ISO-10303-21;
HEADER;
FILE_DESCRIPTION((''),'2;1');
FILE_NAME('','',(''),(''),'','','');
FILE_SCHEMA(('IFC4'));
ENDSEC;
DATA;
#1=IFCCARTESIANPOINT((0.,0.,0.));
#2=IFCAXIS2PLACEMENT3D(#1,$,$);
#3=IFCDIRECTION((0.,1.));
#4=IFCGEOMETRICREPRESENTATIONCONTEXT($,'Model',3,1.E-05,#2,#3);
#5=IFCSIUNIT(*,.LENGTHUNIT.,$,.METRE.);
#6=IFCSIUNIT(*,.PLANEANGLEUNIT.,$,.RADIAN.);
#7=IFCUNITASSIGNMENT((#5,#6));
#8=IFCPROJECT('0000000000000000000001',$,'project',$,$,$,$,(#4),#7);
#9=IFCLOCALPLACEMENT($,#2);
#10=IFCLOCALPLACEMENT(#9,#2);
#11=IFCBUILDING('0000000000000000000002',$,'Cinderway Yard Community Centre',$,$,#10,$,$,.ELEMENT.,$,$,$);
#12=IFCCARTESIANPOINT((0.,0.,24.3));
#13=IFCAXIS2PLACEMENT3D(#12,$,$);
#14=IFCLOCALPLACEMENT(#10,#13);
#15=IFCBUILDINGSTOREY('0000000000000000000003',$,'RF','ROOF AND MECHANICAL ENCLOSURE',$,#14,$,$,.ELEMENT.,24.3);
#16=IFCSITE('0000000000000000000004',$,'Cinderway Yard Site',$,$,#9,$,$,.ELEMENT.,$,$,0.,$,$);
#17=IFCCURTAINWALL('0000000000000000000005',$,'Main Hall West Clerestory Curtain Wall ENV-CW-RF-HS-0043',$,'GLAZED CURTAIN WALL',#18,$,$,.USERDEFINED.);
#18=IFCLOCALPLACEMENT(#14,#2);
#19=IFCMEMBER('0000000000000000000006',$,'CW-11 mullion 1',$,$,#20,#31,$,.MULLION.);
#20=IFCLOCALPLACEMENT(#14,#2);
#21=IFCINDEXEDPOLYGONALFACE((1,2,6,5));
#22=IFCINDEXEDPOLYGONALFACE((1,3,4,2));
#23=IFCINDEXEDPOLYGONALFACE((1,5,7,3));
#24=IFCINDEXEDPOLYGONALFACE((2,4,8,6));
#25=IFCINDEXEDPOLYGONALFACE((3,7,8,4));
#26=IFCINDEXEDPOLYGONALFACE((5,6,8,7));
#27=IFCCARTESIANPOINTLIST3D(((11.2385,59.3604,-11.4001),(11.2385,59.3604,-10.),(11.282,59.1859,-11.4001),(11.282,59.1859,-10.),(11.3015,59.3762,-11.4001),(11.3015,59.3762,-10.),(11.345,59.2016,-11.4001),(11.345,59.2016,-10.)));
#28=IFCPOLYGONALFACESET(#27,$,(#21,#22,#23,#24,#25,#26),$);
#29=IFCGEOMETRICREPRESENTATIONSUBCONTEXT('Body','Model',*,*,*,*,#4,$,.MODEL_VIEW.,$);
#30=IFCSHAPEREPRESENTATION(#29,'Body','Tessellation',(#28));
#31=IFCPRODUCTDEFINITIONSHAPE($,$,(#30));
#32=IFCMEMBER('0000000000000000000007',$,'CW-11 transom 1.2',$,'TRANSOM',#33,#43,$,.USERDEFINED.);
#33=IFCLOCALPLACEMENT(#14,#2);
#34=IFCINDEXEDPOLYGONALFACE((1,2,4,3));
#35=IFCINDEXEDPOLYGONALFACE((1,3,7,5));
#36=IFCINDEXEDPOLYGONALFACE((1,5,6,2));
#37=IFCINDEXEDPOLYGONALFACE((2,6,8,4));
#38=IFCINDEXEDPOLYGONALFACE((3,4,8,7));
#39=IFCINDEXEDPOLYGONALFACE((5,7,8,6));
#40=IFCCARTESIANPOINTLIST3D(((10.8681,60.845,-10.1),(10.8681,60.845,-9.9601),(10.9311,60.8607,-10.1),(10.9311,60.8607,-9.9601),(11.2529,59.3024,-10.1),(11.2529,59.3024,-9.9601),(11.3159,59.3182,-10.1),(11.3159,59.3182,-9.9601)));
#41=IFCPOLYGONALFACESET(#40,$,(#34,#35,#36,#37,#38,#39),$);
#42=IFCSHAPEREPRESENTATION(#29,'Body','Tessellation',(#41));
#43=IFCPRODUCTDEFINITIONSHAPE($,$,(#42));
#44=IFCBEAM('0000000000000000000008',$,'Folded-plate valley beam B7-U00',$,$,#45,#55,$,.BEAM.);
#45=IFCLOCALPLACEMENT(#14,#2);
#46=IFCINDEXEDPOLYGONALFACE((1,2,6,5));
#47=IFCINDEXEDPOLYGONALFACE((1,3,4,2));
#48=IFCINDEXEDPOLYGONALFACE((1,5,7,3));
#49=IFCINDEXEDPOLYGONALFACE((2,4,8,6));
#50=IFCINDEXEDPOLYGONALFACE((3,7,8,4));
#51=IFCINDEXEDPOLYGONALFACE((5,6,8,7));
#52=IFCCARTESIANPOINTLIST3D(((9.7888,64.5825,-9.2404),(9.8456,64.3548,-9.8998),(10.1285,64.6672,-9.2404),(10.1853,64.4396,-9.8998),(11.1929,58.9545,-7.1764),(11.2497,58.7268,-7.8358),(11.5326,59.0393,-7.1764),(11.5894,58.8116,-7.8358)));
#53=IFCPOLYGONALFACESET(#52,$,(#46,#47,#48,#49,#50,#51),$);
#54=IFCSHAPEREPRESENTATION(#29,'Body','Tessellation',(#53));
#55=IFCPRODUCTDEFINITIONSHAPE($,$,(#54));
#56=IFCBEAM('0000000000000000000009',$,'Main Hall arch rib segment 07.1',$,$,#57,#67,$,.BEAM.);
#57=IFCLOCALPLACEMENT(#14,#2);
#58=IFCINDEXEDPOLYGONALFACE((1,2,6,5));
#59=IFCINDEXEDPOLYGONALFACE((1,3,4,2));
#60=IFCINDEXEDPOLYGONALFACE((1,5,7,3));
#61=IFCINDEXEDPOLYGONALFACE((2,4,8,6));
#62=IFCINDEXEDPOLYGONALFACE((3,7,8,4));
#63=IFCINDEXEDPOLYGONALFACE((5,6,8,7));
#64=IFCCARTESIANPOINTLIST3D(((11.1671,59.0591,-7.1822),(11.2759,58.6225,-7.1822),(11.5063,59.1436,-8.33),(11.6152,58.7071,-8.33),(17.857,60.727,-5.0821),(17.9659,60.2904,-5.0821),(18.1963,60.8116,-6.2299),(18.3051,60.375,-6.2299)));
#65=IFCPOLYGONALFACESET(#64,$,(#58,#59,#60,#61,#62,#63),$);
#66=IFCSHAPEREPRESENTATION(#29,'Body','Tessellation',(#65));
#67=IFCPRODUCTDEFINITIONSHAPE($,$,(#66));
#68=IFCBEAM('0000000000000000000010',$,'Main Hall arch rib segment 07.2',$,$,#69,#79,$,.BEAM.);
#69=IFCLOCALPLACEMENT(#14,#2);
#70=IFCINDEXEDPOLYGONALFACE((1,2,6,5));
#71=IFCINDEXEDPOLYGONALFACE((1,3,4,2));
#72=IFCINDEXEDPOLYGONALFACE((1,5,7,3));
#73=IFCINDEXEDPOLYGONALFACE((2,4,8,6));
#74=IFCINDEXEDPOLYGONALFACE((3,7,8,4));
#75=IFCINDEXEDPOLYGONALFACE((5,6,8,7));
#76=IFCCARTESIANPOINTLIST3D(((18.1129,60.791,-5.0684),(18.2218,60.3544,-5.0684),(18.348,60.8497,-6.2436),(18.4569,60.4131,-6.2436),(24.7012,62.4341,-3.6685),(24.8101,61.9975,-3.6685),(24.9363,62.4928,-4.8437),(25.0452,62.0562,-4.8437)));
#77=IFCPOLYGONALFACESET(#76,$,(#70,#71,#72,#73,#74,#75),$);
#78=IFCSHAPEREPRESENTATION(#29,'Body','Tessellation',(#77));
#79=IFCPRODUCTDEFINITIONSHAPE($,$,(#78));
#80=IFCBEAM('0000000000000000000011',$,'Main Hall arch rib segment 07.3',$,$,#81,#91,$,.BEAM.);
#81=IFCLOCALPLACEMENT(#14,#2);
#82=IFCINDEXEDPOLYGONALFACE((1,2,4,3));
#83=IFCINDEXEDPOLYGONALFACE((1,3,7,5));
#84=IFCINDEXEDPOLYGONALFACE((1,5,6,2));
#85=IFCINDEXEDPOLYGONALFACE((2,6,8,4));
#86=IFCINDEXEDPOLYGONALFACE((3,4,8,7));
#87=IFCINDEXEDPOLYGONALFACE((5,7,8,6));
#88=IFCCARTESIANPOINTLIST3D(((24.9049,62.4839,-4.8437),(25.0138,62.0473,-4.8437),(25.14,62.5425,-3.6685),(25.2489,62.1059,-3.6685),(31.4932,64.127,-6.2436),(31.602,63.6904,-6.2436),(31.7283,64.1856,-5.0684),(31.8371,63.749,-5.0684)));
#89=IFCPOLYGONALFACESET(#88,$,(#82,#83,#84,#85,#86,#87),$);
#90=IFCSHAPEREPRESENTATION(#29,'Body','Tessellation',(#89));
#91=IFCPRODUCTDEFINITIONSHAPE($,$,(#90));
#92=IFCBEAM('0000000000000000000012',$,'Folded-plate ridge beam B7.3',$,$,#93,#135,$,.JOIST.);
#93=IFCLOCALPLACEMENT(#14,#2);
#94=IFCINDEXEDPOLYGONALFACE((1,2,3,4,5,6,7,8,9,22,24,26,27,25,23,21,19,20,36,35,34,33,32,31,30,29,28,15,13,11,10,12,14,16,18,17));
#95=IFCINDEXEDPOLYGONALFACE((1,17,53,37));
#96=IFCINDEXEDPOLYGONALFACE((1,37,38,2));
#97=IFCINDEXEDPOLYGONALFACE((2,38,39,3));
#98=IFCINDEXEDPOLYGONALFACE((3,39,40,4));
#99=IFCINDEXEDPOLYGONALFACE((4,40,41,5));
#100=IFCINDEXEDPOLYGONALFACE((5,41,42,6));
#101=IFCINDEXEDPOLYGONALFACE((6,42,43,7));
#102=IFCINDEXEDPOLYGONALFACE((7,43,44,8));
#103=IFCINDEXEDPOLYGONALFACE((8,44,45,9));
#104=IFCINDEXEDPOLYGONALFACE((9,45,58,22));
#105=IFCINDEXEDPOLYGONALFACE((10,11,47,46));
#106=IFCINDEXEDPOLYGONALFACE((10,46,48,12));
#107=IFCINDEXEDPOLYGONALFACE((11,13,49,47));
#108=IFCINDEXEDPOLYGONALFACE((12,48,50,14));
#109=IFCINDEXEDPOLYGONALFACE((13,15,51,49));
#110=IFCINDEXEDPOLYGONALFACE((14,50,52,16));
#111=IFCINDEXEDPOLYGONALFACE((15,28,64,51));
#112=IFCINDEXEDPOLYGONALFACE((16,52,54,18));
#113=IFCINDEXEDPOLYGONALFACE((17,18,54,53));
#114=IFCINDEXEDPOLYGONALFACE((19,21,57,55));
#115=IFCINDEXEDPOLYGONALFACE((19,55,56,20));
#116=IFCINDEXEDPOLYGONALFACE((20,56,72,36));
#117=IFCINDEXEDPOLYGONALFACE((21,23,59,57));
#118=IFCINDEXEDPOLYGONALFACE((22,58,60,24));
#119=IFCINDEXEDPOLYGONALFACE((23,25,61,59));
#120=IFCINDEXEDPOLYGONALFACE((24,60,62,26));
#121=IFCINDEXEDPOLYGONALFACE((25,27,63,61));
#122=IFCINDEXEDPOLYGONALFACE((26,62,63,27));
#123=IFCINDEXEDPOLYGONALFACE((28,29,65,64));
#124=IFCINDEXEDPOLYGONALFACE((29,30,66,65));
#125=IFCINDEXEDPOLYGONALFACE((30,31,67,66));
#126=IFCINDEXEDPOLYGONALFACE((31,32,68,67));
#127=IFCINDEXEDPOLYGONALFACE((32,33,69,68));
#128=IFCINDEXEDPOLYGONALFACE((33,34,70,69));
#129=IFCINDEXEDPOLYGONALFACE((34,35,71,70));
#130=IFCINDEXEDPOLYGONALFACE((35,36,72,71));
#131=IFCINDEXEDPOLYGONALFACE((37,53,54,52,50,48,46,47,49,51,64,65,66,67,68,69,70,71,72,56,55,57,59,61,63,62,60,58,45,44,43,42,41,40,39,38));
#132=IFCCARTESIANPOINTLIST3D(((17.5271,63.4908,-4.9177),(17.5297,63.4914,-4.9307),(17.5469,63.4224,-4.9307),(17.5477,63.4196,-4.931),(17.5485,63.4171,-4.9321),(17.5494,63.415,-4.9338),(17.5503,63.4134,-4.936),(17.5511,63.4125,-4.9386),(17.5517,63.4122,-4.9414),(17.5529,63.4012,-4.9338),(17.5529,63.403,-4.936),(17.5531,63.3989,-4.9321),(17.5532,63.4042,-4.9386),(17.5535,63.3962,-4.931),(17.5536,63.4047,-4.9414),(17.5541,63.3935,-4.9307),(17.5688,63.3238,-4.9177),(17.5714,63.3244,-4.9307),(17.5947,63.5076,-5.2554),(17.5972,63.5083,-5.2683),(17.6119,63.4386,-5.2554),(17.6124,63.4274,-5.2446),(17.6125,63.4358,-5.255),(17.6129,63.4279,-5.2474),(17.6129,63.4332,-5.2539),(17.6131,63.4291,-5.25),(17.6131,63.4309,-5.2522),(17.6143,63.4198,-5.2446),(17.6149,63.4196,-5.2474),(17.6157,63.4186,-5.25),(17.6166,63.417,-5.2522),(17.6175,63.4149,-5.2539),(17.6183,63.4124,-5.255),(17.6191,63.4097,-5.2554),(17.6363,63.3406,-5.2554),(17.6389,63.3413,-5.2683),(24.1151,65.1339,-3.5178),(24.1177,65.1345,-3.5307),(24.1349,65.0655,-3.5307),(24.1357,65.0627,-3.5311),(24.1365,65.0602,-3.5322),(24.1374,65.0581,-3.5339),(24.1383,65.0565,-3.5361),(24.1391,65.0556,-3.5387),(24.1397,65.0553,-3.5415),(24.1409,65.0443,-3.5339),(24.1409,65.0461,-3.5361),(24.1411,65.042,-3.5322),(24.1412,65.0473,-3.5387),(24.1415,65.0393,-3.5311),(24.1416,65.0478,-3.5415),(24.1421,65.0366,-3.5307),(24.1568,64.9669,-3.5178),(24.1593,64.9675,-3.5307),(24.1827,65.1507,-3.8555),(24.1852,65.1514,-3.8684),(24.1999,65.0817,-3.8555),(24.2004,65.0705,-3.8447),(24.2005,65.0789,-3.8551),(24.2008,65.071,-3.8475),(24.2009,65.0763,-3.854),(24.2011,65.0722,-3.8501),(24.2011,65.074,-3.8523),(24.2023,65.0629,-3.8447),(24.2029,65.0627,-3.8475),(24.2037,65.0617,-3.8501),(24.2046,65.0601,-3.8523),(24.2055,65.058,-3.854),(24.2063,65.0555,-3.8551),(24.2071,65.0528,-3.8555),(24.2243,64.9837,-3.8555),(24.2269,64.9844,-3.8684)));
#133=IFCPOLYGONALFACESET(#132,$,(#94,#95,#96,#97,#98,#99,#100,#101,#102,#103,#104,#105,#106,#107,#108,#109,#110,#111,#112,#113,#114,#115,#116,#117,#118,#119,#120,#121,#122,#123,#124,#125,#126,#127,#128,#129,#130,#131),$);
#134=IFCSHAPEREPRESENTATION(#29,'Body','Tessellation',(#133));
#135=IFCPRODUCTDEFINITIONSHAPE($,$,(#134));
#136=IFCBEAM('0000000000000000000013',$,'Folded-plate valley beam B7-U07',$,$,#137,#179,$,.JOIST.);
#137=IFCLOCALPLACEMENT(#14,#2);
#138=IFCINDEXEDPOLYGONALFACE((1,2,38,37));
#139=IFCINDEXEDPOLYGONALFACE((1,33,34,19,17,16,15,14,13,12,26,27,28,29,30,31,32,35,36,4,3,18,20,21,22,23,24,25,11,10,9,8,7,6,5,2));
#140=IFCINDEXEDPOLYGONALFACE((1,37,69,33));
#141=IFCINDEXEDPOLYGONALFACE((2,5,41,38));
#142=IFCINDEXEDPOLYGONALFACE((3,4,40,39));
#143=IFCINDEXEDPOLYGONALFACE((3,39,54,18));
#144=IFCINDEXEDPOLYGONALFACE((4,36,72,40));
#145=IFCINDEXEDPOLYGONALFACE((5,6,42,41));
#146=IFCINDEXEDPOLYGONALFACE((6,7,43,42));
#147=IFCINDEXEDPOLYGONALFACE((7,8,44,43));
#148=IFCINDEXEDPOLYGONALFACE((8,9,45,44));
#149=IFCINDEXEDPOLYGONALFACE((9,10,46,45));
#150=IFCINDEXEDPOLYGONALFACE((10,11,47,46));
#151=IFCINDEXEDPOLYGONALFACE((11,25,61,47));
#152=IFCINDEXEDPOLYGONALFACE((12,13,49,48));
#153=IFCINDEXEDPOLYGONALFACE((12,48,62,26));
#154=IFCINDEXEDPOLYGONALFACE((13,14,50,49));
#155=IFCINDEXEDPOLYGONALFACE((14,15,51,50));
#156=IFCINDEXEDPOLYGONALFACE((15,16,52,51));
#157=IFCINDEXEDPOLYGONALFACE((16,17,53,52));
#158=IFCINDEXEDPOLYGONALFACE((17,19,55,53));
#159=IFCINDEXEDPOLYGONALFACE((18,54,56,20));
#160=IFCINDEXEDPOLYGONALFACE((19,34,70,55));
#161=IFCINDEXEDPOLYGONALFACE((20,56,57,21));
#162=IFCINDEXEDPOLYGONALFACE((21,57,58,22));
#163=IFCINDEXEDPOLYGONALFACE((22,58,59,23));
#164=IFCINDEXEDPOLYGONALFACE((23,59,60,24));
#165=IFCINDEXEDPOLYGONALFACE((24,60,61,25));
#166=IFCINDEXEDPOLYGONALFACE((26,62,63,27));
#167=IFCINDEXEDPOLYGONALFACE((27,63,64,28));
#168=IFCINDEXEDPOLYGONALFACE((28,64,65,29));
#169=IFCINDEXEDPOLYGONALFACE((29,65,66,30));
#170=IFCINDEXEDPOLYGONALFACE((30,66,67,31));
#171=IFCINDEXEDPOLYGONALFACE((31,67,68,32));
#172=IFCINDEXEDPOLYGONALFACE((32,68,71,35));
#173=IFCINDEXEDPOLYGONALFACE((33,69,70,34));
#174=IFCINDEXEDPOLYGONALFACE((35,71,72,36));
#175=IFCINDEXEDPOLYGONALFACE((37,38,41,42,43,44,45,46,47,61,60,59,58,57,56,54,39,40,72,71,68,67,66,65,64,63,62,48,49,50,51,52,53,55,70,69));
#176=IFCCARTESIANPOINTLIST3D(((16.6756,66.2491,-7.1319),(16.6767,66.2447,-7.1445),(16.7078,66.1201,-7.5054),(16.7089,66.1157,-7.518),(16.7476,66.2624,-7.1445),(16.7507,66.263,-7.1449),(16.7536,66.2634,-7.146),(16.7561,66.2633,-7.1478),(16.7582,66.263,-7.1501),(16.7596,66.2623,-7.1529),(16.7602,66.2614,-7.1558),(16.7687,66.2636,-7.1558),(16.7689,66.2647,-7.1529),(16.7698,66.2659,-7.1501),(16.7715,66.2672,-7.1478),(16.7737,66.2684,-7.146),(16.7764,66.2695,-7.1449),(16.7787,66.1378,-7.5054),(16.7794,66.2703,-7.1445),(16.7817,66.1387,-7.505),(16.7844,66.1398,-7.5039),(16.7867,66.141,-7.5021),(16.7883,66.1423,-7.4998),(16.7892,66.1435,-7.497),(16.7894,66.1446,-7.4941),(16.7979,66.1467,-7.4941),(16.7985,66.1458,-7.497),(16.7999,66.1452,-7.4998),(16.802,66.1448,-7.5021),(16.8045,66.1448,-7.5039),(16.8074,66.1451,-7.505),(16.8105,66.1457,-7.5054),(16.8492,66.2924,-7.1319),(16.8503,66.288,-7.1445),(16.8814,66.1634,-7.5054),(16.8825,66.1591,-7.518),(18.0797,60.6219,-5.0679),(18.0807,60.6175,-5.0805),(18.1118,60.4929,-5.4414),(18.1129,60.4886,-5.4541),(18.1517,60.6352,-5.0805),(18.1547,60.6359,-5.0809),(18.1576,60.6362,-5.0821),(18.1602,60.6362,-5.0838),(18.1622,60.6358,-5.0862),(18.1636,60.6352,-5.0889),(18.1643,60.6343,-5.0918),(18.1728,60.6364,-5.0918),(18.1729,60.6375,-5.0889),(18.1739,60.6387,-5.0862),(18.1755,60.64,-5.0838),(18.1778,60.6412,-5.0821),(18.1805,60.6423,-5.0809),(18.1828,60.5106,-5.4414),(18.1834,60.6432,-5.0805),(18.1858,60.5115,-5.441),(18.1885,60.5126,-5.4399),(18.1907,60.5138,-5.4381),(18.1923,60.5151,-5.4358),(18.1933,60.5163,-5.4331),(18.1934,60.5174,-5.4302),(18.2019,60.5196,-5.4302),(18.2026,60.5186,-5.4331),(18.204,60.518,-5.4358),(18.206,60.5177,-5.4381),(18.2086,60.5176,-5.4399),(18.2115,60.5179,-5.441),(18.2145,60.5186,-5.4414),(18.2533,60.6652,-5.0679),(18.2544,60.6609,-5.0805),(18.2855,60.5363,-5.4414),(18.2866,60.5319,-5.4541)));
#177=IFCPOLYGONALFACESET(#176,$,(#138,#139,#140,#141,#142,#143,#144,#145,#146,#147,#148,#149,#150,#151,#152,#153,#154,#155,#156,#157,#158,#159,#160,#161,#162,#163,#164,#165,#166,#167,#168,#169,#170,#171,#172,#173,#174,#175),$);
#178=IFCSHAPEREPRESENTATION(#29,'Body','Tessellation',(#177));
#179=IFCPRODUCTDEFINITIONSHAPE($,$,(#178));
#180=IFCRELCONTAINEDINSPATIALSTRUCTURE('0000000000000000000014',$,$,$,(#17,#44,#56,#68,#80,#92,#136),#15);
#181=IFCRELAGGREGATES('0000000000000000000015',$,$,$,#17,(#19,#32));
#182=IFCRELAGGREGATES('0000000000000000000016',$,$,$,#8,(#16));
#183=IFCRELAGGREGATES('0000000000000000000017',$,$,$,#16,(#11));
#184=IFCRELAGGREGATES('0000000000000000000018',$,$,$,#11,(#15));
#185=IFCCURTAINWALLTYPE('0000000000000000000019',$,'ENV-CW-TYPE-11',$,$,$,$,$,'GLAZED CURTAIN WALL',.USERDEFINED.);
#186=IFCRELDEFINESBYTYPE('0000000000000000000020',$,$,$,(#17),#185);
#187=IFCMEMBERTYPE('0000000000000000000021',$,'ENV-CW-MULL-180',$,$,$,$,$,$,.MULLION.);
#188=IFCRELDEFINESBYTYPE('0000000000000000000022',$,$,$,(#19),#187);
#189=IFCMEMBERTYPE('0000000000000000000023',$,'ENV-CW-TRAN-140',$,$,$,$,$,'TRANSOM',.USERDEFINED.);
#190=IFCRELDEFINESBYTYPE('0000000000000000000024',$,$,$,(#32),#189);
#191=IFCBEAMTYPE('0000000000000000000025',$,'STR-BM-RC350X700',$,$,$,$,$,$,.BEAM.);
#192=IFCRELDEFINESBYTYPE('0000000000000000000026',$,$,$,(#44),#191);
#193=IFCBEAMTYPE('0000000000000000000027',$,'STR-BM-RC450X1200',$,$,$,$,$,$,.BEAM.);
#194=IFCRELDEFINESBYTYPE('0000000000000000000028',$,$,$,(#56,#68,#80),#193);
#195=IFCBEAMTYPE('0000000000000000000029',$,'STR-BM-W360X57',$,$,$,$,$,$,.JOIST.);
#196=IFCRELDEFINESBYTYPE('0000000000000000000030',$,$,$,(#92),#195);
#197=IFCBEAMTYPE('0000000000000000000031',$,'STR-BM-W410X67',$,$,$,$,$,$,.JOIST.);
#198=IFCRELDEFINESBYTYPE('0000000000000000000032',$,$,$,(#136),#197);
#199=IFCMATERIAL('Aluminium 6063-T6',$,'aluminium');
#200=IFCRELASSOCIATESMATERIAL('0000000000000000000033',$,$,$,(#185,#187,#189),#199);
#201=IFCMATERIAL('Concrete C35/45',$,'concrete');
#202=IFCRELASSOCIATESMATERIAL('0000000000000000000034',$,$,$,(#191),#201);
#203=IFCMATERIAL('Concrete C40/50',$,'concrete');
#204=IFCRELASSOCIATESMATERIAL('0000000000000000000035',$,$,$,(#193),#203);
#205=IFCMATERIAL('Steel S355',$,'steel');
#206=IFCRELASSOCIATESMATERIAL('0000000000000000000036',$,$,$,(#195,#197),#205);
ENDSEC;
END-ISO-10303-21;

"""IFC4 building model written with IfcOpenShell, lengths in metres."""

from ifc_helpers import new_model, si_unit, direction, frame, origin, origin_2d, place, context, subcontext, project, spatial, rectangle, i_section, extrude, material, material_profile, profile_set, type_object, element, aggregate, save


model = new_model("IFC4")

# Units and contexts
model_context = context("Model", 3, precision=1e-05, world=origin(), true_north=direction((0.0, 1.0)))
body_context = subcontext(model_context, "Body", "Model", "MODEL_VIEW")
ifc_project = project(units=[si_unit("LENGTHUNIT", "METRE"), si_unit("PLANEANGLEUNIT", "RADIAN")], contexts=[model_context])

# Site, building, storey
site_placement = place(None, origin())
site = spatial("IfcSite", under=ifc_project, at=site_placement, Name="Cinderway Yard Site", CompositionType="ELEMENT", RefElevation=0.0)
building_placement = place(site_placement, origin())
building = spatial("IfcBuilding", under=site, at=building_placement, Name="Cinderway Yard Community Centre", CompositionType="ELEMENT")
storey_placement = place(building_placement, frame((0.0, 0.0, 24.3)))
storey = spatial("IfcBuildingStorey", under=building, at=storey_placement, Name="RF", Description="ROOF AND MECHANICAL ENCLOSURE", CompositionType="ELEMENT", Elevation=24.3)

# Curtain wall, members
ifc_material_1 = material(Name="Aluminium 6063-T6", Category="aluminium")
curtain_wall_type = type_object("IfcCurtainWallType", Name="ENV-CW-TYPE-11", ElementType="GLAZED CURTAIN WALL", PredefinedType="USERDEFINED", material=ifc_material_1)
curtain_wall_placement = place(storey_placement, origin())
curtain_wall = element("IfcCurtainWall", 1, at=curtain_wall_placement, inside=storey, type_object=curtain_wall_type, Name="Main Hall West Clerestory Curtain Wall ENV-CW-RF-HS-0043", ObjectType="GLAZED CURTAIN WALL", PredefinedType="USERDEFINED")
ifc_material_profile_1 = material_profile(ifc_material_1, rectangle(XDim=0.0649, YDim=0.1799, at=origin_2d()), Name="Aluminium 6063-T6")
ifc_profile_set_1 = profile_set([ifc_material_profile_1], Name="Aluminium 6063-T6")
member_type_1 = type_object("IfcMemberType", Name="ENV-CW-MULL-180", PredefinedType="MULLION", material=ifc_profile_set_1)
member_1_placement = place(storey_placement, frame((11.2917, 59.281, -11.4001), z_axis=(0.0, 0.0, 1.0), x_axis=(-0.970259, -0.242069, 0.0)))
member_1 = element("IfcMember", 2, at=member_1_placement, type_object=member_type_1, Name="CW-11 mullion 1", PredefinedType="MULLION", context=body_context, shape_type="SweptSolid", body=[
    extrude(rectangle(XDim=0.0649, YDim=0.1799, at=origin_2d()), origin(), (0.0, 0.0, 1.0), 1.4001),
])
ifc_material_profile_2 = material_profile(ifc_material_1, rectangle(XDim=0.0649, YDim=0.1399, at=origin_2d()), Name="Aluminium 6063-T6")
ifc_profile_set_2 = profile_set([ifc_material_profile_2], Name="Aluminium 6063-T6")
member_type_2 = type_object("IfcMemberType", Name="ENV-CW-TRAN-140", ElementType="TRANSOM", PredefinedType="USERDEFINED", material=ifc_profile_set_2)
member_2_placement = place(storey_placement, frame((11.2844, 59.3103, -10.03), z_axis=(-0.24203, 0.970269, 0.0), x_axis=(-0.970269, -0.24203, 0.0)))
member_2 = element("IfcMember", 3, at=member_2_placement, type_object=member_type_2, Name="CW-11 transom 1.2", ObjectType="TRANSOM", PredefinedType="USERDEFINED", context=body_context, shape_type="SweptSolid", body=[
    extrude(rectangle(XDim=0.0649, YDim=0.1399, at=origin_2d()), origin(), (0.0, 0.0, 1.0), 1.5898),
])
aggregate(curtain_wall, [member_1, member_2])

# Beams
ifc_material_2 = material(Name="Concrete C35/45", Category="concrete")
ifc_material_profile_3 = material_profile(ifc_material_2, rectangle(XDim=0.3501, YDim=0.7, at=origin_2d()), Name="Concrete C35/45")
ifc_profile_set_3 = profile_set([ifc_material_profile_3], Name="Concrete C35/45")
beam_type_1 = type_object("IfcBeamType", Name="STR-BM-RC350X700", PredefinedType="BEAM", material=ifc_profile_set_3)
beam_1_placement = place(storey_placement, frame((11.3911, 58.8831, -7.5061), z_axis=(-0.228053, 0.914115, -0.335239), x_axis=(-0.970261, -0.24206, 0.0)))
element("IfcBeam", 4, at=beam_1_placement, inside=storey, type_object=beam_type_1, Name="Folded-plate valley beam B7-U00", PredefinedType="BEAM", context=body_context, shape_type="SweptSolid", body=[
    extrude(rectangle(XDim=0.3501, YDim=0.7, at=origin_2d()), origin(), (0.0, 0.0, 1.0), 6.1567),
])
ifc_material_3 = material(Name="Concrete C40/50", Category="concrete")
ifc_material_profile_4 = material_profile(ifc_material_3, rectangle(XDim=0.45, YDim=1.2, at=origin_2d()), Name="Concrete C40/50")
ifc_profile_set_4 = profile_set([ifc_material_profile_4], Name="Concrete C40/50")
beam_type_2 = type_object("IfcBeamType", Name="STR-BM-RC450X1200", PredefinedType="BEAM", material=ifc_profile_set_4)
beam_2_placement = place(storey_placement, frame((11.3911, 58.8831, -7.7561), z_axis=(0.928194, 0.231422, 0.291377), x_axis=(-0.241919, 0.970296, 0.0)))
element("IfcBeam", 5, at=beam_2_placement, inside=storey, type_object=beam_type_2, Name="Main Hall arch rib segment 07.1", PredefinedType="BEAM", context=body_context, shape_type="SweptSolid", body=[
    extrude(rectangle(XDim=0.45, YDim=1.2, at=origin_2d()), origin(), (0.0, 0.0, 1.0), 7.2075),
])
for number, where, z_axis, x_axis, name in (
    (6, (18.2849, 60.6021, -5.656), (0.950293, 0.237001, 0.201926), (-0.241986, 0.97028, 0.0), "Main Hall arch rib segment 07.2"),
    (7, (25.0769, 62.2949, -4.2561), (0.950293, 0.237001, -0.201926), (-0.241986, 0.97028, 0.0), "Main Hall arch rib segment 07.3"),
):
    element("IfcBeam", number, at=place(storey_placement, frame(where, z_axis=z_axis, x_axis=x_axis)), inside=storey, type_object=beam_type_2, Name=name, PredefinedType="BEAM", context=body_context, shape_type="SweptSolid", body=[
        extrude(rectangle(XDim=0.45, YDim=1.2, at=origin_2d()), origin(), (0.0, 0.0, 1.0), 6.9329),
    ])
ifc_material_4 = material(Name="Steel S355", Category="steel")
ifc_material_profile_5 = material_profile(ifc_material_4, i_section(OverallWidth=0.1721, OverallDepth=0.3579, WebThickness=0.0078, FlangeThickness=0.0132, FilletRadius=0.011, at=origin_2d()), Name="Steel S355")
ifc_profile_set_5 = profile_set([ifc_material_profile_5], Name="Steel S355")
beam_type_3 = type_object("IfcBeamType", Name="STR-BM-W360X57", PredefinedType="JOIST", material=ifc_profile_set_5)
beam_3_placement = place(storey_placement, frame((17.583, 63.416, -5.093), z_axis=(0.950289, 0.237009, 0.201933), x_axis=(-0.241994, 0.970278, 0.0)))
element("IfcBeam", 8, at=beam_3_placement, inside=storey, type_object=beam_type_3, Name="Folded-plate ridge beam B7.3", PredefinedType="JOIST", context=body_context, shape_type="SweptSolid", body=[
    extrude(i_section(OverallWidth=0.1721, OverallDepth=0.3579, WebThickness=0.0078, FlangeThickness=0.0132, FilletRadius=0.011, at=origin_2d()), origin(), (0.0, 0.0, 1.0), 6.9326),
])
ifc_material_profile_6 = material_profile(ifc_material_4, i_section(OverallWidth=0.179, OverallDepth=0.4099, WebThickness=0.0088, FlangeThickness=0.0134, FilletRadius=0.012, at=origin_2d()), Name="Steel S355")
ifc_profile_set_6 = profile_set([ifc_material_profile_6], Name="Steel S355")
beam_type_4 = type_object("IfcBeamType", Name="STR-BM-W410X67", PredefinedType="JOIST", material=ifc_profile_set_6)
beam_4_placement = place(storey_placement, frame((18.1831, 60.5769, -5.261), z_axis=(-0.228078, 0.914096, -0.335275), x_axis=(-0.970254, -0.24209, 0.0)))
element("IfcBeam", 9, at=beam_4_placement, inside=storey, type_object=beam_type_4, Name="Folded-plate valley beam B7-U07", PredefinedType="JOIST", context=body_context, shape_type="SweptSolid", body=[
    extrude(i_section(OverallWidth=0.179, OverallDepth=0.4099, WebThickness=0.0088, FlangeThickness=0.0134, FilletRadius=0.012, at=origin_2d()), origin(), (0.0, 0.0, 1.0), 6.156),
])

save(model, "model.ifc")
